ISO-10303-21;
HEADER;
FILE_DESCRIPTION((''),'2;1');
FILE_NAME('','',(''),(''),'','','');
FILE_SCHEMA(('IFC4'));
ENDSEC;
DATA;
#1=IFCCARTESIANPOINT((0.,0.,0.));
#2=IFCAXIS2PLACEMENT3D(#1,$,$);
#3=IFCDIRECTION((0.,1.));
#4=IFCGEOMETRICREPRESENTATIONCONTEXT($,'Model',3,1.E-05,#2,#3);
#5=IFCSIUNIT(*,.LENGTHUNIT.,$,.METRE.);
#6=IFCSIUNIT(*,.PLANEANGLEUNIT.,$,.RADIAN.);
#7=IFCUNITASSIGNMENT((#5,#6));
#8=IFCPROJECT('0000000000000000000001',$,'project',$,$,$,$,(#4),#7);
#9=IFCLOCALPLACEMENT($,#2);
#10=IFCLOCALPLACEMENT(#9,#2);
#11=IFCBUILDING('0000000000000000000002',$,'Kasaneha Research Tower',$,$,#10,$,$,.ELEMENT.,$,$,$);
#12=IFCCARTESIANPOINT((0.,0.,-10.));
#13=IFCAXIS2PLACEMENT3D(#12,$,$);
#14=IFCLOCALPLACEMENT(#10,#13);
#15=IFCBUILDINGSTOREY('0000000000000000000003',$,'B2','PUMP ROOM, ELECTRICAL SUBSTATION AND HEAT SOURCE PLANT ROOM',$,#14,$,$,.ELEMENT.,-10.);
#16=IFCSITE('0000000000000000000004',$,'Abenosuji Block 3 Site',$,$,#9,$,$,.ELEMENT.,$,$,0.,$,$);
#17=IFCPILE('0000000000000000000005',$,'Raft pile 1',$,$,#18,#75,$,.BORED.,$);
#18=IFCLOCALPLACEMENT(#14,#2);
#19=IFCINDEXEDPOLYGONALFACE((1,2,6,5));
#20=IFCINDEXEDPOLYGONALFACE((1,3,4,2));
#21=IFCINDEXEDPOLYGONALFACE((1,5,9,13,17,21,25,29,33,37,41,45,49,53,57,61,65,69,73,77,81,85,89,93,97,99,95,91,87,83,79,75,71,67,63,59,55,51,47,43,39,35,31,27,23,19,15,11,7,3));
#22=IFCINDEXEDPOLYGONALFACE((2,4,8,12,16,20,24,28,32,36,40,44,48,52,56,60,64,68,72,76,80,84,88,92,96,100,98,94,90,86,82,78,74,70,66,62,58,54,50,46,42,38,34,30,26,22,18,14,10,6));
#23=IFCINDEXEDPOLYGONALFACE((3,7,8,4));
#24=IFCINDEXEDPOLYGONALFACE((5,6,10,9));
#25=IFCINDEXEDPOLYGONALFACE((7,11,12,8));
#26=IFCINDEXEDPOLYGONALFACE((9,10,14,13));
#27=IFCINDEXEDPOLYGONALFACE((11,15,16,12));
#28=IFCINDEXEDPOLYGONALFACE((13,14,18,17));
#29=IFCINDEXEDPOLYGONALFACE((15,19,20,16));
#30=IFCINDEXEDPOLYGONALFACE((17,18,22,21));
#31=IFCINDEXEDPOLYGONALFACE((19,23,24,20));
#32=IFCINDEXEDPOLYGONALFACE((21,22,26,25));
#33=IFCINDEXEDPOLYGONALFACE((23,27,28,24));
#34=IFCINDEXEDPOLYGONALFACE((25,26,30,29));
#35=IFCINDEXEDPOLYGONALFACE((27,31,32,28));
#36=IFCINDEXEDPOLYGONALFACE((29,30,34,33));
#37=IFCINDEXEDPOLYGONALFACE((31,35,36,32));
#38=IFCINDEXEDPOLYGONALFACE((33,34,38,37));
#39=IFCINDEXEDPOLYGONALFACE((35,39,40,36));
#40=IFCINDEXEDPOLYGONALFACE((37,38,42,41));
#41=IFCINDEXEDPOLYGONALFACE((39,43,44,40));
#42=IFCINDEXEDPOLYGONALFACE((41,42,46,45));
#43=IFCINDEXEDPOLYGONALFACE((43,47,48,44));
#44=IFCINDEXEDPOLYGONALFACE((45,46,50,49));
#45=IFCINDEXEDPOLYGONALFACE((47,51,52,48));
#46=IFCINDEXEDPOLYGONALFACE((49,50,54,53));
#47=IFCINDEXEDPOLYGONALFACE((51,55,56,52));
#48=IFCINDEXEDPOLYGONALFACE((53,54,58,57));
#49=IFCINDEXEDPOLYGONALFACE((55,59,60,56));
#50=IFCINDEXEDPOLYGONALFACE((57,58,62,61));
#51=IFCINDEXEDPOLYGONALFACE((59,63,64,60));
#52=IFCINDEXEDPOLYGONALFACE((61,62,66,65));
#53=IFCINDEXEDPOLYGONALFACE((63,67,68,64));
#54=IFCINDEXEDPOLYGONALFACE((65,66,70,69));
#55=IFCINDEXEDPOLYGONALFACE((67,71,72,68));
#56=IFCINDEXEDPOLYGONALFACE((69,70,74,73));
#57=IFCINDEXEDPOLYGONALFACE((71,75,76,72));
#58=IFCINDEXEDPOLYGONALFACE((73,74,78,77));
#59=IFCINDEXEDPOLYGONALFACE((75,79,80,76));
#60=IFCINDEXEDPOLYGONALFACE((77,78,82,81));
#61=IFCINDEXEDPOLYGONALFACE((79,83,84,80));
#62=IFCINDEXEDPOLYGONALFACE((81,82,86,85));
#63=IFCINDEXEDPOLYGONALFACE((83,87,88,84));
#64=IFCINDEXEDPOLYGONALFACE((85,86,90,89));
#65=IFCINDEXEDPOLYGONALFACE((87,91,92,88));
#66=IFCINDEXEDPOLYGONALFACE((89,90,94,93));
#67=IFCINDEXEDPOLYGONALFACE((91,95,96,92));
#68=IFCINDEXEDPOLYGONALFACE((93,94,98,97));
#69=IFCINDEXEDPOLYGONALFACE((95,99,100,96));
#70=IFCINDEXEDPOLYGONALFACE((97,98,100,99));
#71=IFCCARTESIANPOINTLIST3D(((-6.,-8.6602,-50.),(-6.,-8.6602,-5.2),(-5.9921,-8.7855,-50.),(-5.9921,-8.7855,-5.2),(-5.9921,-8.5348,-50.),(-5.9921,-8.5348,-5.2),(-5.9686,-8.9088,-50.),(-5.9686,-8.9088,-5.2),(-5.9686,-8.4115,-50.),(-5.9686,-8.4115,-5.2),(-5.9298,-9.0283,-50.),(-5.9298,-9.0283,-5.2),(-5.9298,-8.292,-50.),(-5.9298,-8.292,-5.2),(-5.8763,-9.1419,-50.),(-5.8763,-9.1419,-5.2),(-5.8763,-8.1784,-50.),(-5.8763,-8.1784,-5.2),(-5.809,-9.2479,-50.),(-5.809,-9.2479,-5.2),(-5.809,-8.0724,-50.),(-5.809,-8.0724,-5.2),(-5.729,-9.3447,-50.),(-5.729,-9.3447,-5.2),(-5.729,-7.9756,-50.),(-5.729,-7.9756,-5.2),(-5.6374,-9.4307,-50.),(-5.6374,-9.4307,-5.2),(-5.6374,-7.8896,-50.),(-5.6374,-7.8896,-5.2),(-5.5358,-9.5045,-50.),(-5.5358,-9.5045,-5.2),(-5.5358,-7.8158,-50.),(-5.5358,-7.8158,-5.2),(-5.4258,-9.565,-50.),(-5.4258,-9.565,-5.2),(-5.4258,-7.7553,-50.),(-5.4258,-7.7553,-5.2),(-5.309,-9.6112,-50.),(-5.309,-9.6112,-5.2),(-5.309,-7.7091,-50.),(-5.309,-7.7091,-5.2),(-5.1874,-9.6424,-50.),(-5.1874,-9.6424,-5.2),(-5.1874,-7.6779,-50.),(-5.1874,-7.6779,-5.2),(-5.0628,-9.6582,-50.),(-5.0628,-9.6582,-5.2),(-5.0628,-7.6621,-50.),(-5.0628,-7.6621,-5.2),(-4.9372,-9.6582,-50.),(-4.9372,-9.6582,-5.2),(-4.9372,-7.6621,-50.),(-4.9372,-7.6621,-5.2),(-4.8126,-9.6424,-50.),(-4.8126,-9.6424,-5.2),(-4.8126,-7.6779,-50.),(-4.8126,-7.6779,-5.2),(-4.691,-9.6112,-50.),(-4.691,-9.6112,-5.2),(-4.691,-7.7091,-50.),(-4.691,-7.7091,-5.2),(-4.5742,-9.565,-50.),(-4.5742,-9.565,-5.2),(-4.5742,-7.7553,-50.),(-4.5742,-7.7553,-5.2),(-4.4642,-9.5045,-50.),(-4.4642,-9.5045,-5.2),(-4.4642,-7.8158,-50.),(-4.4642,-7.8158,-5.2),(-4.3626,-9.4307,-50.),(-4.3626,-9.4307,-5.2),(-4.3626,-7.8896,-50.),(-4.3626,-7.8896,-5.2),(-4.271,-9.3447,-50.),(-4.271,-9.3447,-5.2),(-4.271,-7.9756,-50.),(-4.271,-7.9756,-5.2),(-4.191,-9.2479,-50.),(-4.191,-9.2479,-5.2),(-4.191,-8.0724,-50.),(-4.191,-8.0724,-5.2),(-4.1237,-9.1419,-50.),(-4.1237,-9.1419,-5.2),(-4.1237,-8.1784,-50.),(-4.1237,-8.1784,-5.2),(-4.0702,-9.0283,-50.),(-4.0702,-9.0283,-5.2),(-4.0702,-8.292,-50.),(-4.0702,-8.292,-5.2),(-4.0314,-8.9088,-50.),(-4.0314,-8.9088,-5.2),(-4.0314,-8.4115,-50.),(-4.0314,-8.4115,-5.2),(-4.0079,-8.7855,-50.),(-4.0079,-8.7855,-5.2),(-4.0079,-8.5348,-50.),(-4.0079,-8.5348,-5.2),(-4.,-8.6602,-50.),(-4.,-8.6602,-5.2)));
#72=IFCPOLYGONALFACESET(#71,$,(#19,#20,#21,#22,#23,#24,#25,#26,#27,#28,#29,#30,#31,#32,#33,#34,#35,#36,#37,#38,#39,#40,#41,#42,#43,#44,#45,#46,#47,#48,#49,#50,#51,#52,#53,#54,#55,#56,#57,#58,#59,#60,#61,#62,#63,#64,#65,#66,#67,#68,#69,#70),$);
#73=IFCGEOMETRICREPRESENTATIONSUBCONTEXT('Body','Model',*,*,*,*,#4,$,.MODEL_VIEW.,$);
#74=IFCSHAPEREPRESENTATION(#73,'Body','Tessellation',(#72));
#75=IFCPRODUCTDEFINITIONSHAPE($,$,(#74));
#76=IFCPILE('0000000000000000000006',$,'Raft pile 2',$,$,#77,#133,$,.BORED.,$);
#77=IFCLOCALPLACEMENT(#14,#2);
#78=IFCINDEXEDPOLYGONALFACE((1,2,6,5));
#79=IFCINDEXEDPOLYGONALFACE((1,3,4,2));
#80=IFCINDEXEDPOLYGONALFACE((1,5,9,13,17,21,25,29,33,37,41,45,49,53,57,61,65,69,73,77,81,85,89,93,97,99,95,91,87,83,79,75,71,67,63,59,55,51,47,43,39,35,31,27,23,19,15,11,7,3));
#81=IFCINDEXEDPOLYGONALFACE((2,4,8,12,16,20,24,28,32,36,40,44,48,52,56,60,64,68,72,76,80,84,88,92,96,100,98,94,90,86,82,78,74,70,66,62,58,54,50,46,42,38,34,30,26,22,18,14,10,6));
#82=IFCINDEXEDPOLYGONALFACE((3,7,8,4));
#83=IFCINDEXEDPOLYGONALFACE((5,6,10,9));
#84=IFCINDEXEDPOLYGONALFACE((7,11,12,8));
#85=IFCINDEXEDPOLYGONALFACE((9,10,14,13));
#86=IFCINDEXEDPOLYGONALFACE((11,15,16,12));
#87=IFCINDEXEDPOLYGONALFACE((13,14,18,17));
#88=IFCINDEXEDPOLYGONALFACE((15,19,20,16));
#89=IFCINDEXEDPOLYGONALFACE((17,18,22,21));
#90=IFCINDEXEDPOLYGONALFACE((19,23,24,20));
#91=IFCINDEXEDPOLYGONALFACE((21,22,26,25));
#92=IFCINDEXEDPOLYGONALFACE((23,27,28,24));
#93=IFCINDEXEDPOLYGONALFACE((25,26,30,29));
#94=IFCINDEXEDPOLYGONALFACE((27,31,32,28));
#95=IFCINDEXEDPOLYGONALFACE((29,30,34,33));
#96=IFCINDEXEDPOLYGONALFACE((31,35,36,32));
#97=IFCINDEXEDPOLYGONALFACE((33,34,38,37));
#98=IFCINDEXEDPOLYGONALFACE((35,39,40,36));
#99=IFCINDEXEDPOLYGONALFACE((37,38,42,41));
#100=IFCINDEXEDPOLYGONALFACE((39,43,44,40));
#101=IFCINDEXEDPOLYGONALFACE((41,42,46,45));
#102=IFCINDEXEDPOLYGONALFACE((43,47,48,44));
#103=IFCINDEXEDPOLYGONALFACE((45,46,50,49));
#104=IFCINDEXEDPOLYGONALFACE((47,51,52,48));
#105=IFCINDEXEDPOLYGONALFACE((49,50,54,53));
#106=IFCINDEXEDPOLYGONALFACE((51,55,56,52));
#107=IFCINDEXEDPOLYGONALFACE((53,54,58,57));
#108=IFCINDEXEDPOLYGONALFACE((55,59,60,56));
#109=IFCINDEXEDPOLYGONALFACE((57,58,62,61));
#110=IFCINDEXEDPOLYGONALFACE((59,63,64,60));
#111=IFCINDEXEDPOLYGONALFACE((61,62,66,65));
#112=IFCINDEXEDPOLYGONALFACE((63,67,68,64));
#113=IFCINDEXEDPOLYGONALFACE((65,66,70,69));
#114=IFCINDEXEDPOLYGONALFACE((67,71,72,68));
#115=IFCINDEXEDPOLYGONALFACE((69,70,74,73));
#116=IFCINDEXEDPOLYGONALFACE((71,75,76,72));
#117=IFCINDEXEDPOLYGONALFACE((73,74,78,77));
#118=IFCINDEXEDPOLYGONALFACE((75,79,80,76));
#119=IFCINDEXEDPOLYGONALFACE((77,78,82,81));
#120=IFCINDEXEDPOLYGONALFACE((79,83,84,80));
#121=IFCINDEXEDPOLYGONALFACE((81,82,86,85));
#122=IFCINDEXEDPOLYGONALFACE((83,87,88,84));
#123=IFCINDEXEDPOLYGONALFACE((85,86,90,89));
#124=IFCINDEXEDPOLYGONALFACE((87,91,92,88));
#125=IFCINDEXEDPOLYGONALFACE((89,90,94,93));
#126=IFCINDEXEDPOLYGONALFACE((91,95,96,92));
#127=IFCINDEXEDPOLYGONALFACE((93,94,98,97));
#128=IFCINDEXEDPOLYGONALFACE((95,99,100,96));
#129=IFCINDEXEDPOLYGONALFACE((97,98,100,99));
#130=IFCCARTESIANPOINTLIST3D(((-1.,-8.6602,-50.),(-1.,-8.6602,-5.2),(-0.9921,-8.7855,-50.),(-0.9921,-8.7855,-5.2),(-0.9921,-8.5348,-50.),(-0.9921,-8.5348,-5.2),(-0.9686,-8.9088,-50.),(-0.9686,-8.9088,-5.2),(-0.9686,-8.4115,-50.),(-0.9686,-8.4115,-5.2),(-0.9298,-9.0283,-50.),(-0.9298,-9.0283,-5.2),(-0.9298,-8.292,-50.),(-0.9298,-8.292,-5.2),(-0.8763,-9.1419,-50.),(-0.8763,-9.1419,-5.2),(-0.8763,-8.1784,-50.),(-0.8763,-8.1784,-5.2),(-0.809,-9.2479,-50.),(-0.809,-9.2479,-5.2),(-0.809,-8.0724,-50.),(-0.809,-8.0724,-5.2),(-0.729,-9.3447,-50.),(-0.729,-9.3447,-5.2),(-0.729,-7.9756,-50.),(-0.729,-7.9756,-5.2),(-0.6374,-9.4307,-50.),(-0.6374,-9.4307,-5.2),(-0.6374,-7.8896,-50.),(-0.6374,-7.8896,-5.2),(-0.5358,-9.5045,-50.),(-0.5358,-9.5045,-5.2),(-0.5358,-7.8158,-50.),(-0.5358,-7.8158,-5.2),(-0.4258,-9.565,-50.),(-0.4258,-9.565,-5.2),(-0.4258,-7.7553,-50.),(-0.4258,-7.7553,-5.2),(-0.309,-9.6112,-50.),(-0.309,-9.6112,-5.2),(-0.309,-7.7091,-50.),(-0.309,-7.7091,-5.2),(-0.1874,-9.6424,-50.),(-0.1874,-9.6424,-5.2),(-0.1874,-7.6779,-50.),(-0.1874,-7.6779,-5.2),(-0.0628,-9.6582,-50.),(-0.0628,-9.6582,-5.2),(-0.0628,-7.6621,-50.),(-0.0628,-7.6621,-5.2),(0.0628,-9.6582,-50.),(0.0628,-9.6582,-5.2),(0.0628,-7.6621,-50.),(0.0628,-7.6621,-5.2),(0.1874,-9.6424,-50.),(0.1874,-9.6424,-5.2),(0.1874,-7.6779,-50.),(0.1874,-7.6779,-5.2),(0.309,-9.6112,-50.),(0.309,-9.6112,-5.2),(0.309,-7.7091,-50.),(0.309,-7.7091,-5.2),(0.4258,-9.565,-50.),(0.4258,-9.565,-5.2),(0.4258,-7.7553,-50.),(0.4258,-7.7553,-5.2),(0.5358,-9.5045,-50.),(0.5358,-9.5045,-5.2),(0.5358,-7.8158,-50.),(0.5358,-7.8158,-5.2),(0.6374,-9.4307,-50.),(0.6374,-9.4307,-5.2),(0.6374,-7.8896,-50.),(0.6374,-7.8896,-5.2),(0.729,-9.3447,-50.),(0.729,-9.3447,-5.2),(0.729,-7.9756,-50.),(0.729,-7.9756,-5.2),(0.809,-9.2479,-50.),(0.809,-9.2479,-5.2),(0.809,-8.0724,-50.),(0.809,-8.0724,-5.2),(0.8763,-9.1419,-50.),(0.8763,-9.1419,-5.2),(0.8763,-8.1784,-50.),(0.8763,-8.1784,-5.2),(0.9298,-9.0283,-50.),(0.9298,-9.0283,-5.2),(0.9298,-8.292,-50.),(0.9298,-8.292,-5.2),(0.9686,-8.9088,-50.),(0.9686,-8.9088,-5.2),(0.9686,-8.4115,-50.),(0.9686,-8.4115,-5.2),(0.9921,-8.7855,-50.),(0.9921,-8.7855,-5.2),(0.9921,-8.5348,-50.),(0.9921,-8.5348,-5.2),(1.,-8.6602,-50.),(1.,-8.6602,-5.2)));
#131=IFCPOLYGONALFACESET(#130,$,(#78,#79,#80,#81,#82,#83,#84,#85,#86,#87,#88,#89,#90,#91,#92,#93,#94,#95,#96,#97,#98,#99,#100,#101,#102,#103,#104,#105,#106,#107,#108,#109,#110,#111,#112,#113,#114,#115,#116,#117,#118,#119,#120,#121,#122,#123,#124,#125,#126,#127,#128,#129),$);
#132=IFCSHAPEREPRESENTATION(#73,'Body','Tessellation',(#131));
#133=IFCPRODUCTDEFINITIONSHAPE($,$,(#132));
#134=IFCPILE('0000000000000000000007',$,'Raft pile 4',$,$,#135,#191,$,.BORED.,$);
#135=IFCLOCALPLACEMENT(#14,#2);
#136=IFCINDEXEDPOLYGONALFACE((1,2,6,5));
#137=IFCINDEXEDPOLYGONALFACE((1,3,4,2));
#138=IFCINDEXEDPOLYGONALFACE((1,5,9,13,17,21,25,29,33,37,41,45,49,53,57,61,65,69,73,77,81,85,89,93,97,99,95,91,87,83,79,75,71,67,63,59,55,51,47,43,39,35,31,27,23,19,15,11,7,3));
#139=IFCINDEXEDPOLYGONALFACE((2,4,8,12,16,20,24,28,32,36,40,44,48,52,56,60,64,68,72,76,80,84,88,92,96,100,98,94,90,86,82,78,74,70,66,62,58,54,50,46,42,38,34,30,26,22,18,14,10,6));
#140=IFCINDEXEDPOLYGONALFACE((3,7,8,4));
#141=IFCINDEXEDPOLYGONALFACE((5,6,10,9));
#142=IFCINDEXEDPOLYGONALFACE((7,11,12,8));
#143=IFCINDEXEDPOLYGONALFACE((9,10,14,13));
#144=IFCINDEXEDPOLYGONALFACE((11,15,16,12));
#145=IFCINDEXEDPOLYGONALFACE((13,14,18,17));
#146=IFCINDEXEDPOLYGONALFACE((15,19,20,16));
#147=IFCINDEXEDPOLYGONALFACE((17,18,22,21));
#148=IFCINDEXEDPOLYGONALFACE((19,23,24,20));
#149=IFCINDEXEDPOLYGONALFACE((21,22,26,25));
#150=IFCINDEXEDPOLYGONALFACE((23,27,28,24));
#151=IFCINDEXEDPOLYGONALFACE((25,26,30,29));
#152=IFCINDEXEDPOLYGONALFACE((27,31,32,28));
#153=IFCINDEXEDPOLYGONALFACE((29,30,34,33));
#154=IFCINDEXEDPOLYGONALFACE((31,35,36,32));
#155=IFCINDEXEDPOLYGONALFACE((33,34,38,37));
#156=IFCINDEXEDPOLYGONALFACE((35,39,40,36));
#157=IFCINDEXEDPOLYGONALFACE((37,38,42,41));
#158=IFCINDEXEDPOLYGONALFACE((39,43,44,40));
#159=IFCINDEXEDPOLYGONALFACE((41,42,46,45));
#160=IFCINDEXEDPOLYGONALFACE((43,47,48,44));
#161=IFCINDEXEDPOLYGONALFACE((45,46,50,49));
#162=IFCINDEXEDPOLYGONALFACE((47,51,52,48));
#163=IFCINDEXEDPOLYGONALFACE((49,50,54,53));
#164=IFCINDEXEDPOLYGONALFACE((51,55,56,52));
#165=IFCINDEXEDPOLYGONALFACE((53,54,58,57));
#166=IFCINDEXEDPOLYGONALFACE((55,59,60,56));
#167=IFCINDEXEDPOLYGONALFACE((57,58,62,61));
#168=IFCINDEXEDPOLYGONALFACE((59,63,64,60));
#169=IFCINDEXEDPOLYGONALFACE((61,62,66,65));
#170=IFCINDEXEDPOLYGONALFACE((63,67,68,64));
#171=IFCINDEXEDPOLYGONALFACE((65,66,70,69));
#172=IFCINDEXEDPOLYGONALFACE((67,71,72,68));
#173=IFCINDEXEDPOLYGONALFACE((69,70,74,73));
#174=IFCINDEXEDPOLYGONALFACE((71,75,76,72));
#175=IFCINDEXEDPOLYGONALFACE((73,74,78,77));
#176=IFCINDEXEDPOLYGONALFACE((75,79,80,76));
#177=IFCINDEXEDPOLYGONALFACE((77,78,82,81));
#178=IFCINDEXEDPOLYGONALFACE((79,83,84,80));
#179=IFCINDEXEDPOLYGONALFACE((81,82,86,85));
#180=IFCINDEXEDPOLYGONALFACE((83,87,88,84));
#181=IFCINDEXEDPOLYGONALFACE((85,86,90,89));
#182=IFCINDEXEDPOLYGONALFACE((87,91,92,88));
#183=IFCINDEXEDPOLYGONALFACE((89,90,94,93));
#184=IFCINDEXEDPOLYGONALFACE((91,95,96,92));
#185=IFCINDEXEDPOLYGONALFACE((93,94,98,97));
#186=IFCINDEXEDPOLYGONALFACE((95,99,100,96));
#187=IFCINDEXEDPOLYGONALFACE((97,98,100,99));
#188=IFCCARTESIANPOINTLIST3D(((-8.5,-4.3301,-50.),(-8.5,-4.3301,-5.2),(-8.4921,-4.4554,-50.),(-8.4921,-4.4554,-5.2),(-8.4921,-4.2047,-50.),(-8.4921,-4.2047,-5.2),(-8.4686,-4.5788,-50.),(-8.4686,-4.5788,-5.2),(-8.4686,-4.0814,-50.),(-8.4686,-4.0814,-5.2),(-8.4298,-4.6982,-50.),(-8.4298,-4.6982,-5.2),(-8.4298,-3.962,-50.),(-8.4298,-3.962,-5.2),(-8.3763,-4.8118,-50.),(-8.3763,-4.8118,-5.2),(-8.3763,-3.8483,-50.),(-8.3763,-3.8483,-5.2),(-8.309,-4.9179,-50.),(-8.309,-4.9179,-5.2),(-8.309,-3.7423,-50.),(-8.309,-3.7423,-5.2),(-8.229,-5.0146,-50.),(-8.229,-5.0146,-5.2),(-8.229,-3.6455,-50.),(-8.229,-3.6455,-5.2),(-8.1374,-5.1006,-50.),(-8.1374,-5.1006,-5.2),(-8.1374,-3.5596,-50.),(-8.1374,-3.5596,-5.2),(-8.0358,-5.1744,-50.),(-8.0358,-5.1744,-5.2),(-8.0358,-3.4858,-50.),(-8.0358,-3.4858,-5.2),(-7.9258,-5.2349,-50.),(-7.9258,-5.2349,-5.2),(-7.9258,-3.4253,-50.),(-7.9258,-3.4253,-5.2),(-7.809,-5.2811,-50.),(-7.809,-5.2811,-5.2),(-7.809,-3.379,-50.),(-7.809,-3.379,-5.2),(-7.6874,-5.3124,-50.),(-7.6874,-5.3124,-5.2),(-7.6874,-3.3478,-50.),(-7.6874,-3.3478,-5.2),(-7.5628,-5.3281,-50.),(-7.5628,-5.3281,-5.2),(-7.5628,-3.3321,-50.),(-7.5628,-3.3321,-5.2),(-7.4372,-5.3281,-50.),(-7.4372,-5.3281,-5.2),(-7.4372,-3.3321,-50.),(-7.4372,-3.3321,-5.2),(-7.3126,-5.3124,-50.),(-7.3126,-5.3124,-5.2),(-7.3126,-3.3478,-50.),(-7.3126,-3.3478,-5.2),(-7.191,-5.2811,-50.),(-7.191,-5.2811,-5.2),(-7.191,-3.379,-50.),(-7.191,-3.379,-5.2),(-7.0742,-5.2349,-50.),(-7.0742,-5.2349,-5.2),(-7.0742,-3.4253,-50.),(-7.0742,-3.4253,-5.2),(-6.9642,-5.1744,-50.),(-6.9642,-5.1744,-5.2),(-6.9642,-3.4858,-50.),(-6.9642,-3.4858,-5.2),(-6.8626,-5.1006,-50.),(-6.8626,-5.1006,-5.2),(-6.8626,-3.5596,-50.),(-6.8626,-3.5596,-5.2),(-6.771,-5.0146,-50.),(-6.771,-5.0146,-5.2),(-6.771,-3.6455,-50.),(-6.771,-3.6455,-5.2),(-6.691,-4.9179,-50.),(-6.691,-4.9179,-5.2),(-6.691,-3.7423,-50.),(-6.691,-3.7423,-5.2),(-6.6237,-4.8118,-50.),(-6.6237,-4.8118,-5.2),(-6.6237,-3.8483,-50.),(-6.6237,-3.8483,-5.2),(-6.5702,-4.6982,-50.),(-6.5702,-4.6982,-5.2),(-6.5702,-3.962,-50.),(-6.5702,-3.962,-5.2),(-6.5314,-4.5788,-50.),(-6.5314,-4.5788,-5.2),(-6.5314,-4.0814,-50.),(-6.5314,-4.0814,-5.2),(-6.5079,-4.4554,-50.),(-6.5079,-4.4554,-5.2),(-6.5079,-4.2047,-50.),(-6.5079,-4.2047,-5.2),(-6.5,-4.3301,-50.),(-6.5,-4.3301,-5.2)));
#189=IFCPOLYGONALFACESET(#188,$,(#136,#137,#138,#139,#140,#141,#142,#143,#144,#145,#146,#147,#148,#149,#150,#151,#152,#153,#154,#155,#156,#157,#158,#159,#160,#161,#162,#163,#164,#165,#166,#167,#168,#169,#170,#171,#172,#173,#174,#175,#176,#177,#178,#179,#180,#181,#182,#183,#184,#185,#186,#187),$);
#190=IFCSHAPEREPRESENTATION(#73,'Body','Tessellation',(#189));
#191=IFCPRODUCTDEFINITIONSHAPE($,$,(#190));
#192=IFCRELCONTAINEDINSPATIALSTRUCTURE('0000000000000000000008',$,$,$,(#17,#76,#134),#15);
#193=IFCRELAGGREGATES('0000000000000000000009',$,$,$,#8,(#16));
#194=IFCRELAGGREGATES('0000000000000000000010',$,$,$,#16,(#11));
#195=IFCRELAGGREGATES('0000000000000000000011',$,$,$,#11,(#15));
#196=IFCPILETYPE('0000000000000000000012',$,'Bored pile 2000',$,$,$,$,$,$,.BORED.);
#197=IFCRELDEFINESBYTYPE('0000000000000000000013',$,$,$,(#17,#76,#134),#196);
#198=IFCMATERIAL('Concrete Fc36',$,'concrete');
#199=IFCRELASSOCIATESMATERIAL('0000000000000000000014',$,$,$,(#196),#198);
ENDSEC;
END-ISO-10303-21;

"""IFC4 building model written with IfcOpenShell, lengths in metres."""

from ifc_helpers import new_model, si_unit, direction, frame, origin, origin_2d, place, context, subcontext, project, spatial, circle, extrude, material, material_profile, profile_set, type_object, element, save


model = new_model("IFC4")

# Units and contexts
model_context = context("Model", 3, precision=1e-05, world=origin(), true_north=direction((0.0, 1.0)))
body_context = subcontext(model_context, "Body", "Model", "MODEL_VIEW")
ifc_project = project(units=[si_unit("LENGTHUNIT", "METRE"), si_unit("PLANEANGLEUNIT", "RADIAN")], contexts=[model_context])

# Site, building, storey
site_placement = place(None, origin())
site = spatial("IfcSite", under=ifc_project, at=site_placement, Name="Abenosuji Block 3 Site", CompositionType="ELEMENT", RefElevation=0.0)
building_placement = place(site_placement, origin())
building = spatial("IfcBuilding", under=site, at=building_placement, Name="Kasaneha Research Tower", CompositionType="ELEMENT")
storey_placement = place(building_placement, frame((0.0, 0.0, -10.0)))
storey = spatial("IfcBuildingStorey", under=building, at=storey_placement, Name="B2", Description="PUMP ROOM, ELECTRICAL SUBSTATION AND HEAT SOURCE PLANT ROOM", CompositionType="ELEMENT", Elevation=-10.0)

# Piles
ifc_material_1 = material(Name="Concrete Fc36", Category="concrete")
ifc_material_profile_1 = material_profile(ifc_material_1, circle(Radius=1.0, at=origin_2d()), Name="Bored pile 2000")
ifc_profile_set_1 = profile_set([ifc_material_profile_1], Name="Concrete Fc36")
pile_type_1 = type_object("IfcPileType", Name="Bored pile 2000", PredefinedType="BORED", material=ifc_profile_set_1)
for number, where, z_axis, x_axis, name in (
    (1, (-5.0, -8.6602, -5.2), (0.0, 0.0, -1.0), (1.0, 0.0, 0.0), "Raft pile 1"),
    (2, (0.0, -8.6602, -5.2), (0.0, 0.0, -1.0), (1.0, 0.0, 0.0), "Raft pile 2"),
    (3, (-7.5, -4.3301, -5.2), (0.0, 0.0, -1.0), (1.0, 0.0, 0.0), "Raft pile 4"),
):
    element("IfcPile", number, at=place(storey_placement, frame(where, z_axis=z_axis, x_axis=x_axis)), inside=storey, type_object=pile_type_1, Name=name, PredefinedType="BORED", context=body_context, shape_type="SweptSolid", body=[
        extrude(circle(Radius=1.0, at=origin_2d()), origin(), (0.0, 0.0, 1.0), 44.8),
    ])

save(model, "model.ifc")
